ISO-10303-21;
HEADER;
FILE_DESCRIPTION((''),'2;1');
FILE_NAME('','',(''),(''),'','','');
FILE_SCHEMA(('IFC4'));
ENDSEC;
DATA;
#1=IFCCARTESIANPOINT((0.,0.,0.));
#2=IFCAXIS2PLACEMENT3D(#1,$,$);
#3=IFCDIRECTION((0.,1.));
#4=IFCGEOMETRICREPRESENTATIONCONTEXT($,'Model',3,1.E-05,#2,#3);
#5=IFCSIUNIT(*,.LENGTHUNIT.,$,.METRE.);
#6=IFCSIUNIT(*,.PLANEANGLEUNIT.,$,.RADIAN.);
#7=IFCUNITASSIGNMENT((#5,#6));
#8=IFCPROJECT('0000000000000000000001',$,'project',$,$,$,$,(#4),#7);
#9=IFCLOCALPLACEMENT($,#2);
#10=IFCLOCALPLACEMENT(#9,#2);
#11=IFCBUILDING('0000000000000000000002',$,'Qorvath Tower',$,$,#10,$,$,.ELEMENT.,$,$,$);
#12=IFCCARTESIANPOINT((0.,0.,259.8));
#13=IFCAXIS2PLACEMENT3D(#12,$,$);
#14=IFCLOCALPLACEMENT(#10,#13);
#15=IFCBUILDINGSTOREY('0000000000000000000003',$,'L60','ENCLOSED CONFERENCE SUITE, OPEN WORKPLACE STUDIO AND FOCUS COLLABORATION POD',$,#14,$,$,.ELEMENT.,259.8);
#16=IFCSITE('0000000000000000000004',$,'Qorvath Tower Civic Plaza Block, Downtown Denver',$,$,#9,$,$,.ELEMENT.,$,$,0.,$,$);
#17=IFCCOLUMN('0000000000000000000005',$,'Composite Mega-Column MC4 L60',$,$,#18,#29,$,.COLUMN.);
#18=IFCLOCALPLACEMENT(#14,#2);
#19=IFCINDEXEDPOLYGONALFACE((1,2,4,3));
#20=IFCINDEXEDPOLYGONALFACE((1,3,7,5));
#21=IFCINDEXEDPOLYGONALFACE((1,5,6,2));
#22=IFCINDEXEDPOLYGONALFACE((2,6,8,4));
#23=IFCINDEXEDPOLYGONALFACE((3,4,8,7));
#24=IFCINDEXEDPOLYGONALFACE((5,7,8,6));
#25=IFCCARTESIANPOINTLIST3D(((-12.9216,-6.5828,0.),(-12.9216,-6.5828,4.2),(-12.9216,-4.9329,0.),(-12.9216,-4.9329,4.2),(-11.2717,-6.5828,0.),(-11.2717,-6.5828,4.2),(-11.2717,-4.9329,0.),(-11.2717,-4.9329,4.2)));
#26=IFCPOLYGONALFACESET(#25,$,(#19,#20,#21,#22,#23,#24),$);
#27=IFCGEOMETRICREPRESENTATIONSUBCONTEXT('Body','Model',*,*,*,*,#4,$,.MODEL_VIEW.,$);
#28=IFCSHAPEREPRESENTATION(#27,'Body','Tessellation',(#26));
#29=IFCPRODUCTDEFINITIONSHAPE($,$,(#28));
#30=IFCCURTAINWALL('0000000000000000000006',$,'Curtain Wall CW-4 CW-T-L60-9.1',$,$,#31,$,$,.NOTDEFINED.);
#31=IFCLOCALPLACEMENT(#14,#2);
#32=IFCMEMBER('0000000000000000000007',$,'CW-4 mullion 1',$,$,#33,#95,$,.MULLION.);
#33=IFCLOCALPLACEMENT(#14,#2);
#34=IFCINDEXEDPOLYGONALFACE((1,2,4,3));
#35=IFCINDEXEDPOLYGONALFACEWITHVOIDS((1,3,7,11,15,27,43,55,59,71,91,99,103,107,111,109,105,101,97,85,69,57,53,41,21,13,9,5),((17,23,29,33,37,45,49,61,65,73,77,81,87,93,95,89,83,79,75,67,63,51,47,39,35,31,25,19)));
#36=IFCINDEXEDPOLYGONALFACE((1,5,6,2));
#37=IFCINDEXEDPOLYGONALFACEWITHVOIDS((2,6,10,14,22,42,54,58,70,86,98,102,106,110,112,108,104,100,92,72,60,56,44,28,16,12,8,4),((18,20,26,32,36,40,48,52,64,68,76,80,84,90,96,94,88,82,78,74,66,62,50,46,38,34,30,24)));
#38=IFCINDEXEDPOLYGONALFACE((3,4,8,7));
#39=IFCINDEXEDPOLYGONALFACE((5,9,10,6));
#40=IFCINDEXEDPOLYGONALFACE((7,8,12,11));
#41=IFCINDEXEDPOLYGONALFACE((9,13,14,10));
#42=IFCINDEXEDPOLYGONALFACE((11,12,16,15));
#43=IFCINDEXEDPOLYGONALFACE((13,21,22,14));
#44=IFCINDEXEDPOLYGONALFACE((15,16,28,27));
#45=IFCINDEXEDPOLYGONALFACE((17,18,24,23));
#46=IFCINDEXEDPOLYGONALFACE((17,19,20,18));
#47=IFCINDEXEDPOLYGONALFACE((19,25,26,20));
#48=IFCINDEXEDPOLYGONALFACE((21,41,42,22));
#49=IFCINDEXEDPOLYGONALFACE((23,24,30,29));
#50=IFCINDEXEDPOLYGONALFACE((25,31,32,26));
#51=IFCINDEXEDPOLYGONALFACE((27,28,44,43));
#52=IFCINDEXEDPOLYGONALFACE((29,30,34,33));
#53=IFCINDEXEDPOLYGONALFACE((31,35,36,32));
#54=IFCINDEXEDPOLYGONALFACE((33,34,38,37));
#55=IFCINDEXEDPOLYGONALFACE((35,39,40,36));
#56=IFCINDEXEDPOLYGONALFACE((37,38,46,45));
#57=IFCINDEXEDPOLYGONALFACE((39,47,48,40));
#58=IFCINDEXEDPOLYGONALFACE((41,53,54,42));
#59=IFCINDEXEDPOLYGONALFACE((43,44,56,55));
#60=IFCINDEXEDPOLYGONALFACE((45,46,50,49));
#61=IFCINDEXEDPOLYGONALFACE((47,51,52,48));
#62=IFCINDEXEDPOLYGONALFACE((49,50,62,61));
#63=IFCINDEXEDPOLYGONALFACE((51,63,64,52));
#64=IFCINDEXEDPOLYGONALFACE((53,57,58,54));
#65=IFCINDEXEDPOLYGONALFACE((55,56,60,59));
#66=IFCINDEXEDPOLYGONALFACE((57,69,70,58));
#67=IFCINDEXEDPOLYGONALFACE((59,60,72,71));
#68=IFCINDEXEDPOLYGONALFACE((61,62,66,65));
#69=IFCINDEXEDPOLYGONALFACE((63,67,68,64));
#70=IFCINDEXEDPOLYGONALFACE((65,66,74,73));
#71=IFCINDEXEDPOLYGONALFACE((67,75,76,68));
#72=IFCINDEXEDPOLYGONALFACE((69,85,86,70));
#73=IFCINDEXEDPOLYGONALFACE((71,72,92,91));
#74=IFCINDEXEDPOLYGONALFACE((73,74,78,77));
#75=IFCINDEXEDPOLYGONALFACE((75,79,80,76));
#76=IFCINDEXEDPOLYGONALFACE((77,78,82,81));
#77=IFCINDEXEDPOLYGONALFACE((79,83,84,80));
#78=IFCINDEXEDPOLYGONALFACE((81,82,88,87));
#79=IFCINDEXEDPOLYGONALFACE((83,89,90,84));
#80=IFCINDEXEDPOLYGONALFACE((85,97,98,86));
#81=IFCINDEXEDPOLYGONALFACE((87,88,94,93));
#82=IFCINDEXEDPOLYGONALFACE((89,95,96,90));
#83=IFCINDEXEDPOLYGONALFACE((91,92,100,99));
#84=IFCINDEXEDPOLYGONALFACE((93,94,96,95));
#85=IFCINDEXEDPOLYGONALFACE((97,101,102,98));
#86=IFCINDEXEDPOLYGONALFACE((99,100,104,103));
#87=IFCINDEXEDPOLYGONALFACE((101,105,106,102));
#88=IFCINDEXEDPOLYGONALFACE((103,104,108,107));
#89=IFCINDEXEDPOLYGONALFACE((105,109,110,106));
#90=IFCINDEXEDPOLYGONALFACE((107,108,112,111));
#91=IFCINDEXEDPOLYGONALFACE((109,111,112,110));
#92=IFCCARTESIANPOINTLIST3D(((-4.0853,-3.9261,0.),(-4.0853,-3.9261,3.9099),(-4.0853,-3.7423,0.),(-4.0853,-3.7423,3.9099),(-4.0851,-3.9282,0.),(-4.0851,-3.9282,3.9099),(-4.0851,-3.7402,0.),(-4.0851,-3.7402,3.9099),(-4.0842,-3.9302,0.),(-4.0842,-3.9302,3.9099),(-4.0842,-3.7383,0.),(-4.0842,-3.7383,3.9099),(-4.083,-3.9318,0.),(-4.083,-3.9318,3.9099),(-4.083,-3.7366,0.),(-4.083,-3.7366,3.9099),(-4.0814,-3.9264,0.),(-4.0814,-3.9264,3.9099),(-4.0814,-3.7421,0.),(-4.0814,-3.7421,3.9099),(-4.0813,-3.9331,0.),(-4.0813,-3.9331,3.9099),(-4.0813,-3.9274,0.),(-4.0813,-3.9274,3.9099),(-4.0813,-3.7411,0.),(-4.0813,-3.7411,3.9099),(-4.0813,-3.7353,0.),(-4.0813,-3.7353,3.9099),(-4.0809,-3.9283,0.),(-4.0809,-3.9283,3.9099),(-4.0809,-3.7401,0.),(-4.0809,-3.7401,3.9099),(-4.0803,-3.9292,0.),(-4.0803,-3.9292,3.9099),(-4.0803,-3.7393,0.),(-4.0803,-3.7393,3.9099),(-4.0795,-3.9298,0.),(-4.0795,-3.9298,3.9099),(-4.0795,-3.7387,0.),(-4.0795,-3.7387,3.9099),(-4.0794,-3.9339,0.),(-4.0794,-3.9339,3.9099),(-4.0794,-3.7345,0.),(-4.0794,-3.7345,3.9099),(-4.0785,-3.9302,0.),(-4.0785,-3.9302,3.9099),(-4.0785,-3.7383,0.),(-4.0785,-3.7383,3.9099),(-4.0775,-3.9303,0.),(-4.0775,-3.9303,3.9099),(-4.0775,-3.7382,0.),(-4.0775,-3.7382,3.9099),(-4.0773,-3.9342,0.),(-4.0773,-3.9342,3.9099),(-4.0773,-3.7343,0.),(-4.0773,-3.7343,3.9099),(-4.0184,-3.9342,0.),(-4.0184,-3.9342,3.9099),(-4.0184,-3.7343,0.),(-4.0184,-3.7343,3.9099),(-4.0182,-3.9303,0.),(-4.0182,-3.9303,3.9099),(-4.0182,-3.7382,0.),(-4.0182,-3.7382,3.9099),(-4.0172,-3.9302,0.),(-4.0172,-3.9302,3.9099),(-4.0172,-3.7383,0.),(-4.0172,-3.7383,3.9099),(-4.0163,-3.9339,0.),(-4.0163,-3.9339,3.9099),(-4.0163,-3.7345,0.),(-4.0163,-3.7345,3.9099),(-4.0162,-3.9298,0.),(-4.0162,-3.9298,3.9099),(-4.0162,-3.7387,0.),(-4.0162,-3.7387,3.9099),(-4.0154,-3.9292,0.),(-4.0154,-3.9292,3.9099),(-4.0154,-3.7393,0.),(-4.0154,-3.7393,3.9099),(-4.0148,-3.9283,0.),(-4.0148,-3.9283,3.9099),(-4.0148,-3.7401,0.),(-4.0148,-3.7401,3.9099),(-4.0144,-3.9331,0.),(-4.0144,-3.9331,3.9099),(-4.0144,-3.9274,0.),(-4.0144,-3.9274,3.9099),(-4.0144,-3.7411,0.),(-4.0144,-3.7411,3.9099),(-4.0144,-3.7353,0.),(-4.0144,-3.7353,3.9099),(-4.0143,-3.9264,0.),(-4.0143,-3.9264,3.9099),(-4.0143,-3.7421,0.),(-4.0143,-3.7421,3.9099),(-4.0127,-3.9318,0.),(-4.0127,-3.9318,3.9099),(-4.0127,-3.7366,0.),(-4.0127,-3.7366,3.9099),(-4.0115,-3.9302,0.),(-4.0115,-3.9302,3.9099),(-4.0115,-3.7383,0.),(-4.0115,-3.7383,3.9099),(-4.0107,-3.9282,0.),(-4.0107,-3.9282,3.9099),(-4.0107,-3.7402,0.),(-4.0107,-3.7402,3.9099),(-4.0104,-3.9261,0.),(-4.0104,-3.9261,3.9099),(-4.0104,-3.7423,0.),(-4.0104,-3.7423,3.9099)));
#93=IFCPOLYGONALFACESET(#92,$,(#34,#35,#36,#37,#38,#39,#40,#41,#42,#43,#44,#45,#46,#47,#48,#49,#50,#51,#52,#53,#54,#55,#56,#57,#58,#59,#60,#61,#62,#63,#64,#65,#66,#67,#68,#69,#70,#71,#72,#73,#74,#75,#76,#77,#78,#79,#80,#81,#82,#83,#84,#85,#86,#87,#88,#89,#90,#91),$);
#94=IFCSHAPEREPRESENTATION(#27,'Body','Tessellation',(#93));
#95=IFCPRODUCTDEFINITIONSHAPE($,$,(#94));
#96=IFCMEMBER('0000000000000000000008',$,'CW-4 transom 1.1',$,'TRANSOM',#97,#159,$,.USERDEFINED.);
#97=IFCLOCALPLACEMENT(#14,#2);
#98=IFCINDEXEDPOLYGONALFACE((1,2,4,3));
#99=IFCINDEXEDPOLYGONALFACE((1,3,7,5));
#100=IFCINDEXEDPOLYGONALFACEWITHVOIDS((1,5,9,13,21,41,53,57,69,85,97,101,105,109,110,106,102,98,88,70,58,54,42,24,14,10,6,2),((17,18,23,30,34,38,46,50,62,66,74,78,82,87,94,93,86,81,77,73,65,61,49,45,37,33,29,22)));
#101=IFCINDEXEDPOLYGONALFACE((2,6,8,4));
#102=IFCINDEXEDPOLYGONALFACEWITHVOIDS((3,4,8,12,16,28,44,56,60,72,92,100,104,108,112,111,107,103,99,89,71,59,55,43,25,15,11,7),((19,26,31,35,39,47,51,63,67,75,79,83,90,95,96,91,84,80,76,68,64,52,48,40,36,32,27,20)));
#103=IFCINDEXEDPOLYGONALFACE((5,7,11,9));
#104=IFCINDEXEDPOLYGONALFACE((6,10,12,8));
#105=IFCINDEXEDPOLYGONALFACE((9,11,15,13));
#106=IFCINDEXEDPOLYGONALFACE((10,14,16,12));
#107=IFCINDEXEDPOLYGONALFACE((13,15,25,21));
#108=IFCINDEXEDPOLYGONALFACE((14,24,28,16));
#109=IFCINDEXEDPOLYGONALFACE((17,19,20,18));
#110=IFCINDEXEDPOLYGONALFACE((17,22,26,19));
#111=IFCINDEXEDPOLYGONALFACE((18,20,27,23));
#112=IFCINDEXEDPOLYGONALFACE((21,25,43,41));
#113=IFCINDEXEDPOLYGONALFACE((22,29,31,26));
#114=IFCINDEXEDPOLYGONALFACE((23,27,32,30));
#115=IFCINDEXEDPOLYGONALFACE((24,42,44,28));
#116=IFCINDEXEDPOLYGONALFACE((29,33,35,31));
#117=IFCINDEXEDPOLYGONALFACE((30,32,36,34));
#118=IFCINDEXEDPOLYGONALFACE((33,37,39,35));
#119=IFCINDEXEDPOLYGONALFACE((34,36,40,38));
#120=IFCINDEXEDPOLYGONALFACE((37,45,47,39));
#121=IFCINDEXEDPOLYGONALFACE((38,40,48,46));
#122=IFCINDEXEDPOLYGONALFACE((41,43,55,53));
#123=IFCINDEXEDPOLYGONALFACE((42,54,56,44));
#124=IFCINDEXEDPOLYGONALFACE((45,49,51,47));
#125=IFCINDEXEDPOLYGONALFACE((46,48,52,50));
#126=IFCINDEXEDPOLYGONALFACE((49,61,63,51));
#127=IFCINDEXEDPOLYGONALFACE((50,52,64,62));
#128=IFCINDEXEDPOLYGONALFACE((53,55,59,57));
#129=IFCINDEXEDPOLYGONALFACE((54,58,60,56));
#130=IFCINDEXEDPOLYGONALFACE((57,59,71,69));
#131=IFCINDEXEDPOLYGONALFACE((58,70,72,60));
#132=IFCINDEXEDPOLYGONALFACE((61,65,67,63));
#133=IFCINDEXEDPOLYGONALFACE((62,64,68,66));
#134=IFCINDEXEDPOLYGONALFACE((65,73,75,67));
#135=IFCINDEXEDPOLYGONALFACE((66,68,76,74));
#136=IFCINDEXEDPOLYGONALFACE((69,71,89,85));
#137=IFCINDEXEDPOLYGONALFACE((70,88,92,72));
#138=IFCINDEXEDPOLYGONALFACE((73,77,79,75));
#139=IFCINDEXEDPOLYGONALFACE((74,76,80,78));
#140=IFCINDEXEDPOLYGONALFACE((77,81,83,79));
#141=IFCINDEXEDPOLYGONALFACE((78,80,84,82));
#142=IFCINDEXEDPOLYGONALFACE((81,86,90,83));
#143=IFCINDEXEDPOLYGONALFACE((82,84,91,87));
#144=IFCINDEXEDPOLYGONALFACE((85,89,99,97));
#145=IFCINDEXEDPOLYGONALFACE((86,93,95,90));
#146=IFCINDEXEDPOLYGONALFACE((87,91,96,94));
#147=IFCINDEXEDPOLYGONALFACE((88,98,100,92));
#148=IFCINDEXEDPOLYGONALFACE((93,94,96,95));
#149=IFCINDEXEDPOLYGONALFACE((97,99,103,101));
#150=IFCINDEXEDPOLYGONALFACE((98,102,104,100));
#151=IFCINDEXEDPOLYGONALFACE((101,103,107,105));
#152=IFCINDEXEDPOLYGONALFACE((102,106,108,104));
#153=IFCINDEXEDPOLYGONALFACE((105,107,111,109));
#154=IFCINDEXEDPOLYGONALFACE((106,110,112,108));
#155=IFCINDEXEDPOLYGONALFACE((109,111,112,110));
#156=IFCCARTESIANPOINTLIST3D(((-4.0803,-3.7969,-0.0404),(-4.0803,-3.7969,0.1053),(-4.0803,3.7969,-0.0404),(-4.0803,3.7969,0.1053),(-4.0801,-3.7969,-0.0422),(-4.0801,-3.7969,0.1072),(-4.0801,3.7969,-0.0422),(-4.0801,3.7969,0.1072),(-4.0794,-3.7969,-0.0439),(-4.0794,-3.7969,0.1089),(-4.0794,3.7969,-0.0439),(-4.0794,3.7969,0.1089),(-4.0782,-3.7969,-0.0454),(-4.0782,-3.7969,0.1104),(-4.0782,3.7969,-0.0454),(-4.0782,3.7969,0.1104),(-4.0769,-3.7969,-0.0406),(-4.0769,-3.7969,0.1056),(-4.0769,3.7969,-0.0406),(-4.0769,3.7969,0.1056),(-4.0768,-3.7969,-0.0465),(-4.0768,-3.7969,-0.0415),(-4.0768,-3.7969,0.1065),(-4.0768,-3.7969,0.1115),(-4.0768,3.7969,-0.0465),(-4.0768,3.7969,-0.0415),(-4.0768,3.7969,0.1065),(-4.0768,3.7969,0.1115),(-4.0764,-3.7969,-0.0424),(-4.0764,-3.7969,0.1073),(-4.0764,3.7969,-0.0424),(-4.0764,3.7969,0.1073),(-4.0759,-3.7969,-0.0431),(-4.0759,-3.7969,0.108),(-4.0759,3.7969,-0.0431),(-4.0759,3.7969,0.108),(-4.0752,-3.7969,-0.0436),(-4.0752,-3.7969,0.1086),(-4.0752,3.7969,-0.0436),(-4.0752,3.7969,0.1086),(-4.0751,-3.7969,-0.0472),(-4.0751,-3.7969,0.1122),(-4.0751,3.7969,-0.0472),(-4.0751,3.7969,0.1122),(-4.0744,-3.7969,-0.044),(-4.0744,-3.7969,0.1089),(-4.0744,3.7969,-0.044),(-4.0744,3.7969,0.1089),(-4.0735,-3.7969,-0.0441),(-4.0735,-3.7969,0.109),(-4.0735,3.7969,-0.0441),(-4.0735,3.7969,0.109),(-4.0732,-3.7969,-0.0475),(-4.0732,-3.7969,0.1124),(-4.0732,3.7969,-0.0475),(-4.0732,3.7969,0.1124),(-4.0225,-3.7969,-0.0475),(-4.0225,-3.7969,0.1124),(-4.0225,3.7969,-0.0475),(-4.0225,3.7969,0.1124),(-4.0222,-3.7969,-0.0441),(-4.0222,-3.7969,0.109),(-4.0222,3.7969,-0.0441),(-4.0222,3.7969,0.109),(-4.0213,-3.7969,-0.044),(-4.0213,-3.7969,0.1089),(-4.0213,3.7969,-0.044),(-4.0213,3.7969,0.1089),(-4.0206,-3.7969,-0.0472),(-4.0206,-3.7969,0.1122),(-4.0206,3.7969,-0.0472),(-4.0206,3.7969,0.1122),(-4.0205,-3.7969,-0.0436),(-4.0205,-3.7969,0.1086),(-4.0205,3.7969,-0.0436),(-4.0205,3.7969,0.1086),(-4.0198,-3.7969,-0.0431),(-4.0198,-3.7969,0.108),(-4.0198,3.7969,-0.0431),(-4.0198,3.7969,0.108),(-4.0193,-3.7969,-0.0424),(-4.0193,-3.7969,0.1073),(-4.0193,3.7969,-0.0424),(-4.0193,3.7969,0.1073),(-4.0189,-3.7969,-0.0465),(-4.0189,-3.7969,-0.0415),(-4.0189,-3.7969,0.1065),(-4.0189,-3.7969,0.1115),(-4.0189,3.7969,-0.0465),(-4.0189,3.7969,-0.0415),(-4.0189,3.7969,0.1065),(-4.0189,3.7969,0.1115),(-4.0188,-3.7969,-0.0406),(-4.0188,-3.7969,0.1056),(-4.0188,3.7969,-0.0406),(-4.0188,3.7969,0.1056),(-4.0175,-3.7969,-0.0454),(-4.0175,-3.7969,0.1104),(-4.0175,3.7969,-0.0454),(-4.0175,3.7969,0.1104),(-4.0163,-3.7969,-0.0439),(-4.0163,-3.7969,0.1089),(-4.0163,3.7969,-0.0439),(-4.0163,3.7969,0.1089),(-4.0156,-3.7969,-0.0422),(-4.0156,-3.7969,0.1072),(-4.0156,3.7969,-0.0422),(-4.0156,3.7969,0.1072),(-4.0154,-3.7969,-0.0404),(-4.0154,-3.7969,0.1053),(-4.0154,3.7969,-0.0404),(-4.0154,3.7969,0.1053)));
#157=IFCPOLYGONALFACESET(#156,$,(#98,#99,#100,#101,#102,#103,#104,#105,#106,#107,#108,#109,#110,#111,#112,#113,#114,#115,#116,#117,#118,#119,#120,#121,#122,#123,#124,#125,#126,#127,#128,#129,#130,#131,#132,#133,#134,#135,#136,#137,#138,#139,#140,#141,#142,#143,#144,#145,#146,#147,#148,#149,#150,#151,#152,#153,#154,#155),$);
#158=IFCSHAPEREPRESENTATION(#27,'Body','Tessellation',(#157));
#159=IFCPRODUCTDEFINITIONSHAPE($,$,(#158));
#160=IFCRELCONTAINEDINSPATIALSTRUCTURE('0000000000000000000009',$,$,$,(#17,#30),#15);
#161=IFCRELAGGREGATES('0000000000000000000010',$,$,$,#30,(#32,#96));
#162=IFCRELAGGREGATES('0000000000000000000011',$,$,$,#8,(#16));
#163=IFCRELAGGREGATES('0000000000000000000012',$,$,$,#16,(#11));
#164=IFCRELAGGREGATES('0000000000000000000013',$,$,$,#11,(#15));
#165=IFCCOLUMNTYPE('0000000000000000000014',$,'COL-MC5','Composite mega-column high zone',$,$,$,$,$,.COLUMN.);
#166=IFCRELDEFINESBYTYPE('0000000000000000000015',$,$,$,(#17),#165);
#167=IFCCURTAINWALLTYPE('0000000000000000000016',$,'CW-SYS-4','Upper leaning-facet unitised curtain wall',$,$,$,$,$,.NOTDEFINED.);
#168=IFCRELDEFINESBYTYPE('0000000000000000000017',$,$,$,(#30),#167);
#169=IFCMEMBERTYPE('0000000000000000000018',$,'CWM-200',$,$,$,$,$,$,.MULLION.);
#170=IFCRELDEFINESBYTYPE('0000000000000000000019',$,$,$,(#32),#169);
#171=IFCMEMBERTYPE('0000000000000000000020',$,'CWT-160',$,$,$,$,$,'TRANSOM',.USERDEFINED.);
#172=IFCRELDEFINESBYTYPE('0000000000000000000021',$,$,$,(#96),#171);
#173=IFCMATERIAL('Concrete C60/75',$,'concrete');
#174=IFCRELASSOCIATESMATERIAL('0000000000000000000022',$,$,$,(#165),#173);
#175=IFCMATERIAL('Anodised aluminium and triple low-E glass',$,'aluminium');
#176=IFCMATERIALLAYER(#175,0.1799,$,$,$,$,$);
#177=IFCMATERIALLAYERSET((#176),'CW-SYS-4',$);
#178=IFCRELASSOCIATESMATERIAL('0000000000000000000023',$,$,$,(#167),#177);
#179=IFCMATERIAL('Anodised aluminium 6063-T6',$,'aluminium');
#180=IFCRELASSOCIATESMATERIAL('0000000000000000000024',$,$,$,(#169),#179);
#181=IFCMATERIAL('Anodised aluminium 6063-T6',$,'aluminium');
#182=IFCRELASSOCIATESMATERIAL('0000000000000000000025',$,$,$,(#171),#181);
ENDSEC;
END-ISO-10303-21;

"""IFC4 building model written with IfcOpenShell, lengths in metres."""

from ifc_helpers import new_model, si_unit, direction, frame, origin, origin_2d, place, context, subcontext, project, spatial, rectangle, hollow_rectangle, extrude, material, layer, layer_set, material_profile, profile_set, type_object, element, aggregate, save


model = new_model("IFC4")

# Units and contexts
model_context = context("Model", 3, precision=1e-05, world=origin(), true_north=direction((0.0, 1.0)))
body_context = subcontext(model_context, "Body", "Model", "MODEL_VIEW")
ifc_project = project(units=[si_unit("LENGTHUNIT", "METRE"), si_unit("PLANEANGLEUNIT", "RADIAN")], contexts=[model_context])

# Site, building, storey
site_placement = place(None, origin())
site = spatial("IfcSite", under=ifc_project, at=site_placement, Name="Qorvath Tower Civic Plaza Block, Downtown Denver", CompositionType="ELEMENT", RefElevation=0.0)
building_placement = place(site_placement, origin())
building = spatial("IfcBuilding", under=site, at=building_placement, Name="Qorvath Tower", CompositionType="ELEMENT")
storey_placement = place(building_placement, frame((0.0, 0.0, 259.8)))
storey = spatial("IfcBuildingStorey", under=building, at=storey_placement, Name="L60", Description="ENCLOSED CONFERENCE SUITE, OPEN WORKPLACE STUDIO AND FOCUS COLLABORATION POD", CompositionType="ELEMENT", Elevation=259.8)

# Column
ifc_material_1 = material(Name="Concrete C60/75", Category="concrete")
ifc_material_profile_1 = material_profile(ifc_material_1, rectangle(XDim=1.6499, YDim=1.6499, at=origin_2d()), Name="MC 1650x1650")
ifc_profile_set_1 = profile_set([ifc_material_profile_1], Name="Concrete C60/75")
column_type = type_object("IfcColumnType", Name="COL-MC5", Description="Composite mega-column high zone", PredefinedType="COLUMN", material=ifc_profile_set_1)
column_placement = place(storey_placement, frame((-12.0967, -5.7578, 0.0), z_axis=(0.0, 0.0, 1.0), x_axis=(1.0, 0.0, 0.0)))
element("IfcColumn", 1, at=column_placement, inside=storey, type_object=column_type, Name="Composite Mega-Column MC4 L60", PredefinedType="COLUMN", context=body_context, shape_type="SweptSolid", body=[
    extrude(rectangle(XDim=1.6499, YDim=1.6499, at=origin_2d()), origin(), (0.0, 0.0, 1.0), 4.2),
])

# Curtain wall, members
ifc_material_2 = material(Name="Anodised aluminium and triple low-E glass", Category="aluminium")
ifc_layer_1 = layer(ifc_material_2, 0.1799)
ifc_layer_set_1 = layer_set([ifc_layer_1], Name="CW-SYS-4")
curtain_wall_type = type_object("IfcCurtainWallType", Name="CW-SYS-4", Description="Upper leaning-facet unitised curtain wall", PredefinedType="NOTDEFINED", material=ifc_layer_set_1)
curtain_wall_1_placement = place(storey_placement, origin())
curtain_wall_1 = element("IfcCurtainWall", 2, at=curtain_wall_1_placement, inside=storey, type_object=curtain_wall_type, Name="Curtain Wall CW-4 CW-T-L60-9.1", PredefinedType="NOTDEFINED")
ifc_material_3 = material(Name="Anodised aluminium 6063-T6", Category="aluminium")
ifc_material_profile_2 = material_profile(ifc_material_3, hollow_rectangle(XDim=0.075, YDim=0.2, WallThickness=0.0039, InnerFilletRadius=0.0039, OuterFilletRadius=0.0081, at=origin_2d()), Name="CWM 200x75")
ifc_profile_set_2 = profile_set([ifc_material_profile_2], Name="Anodised aluminium 6063-T6")
member_type_1 = type_object("IfcMemberType", Name="CWM-200", PredefinedType="MULLION", material=ifc_profile_set_2)
member_1_placement = place(storey_placement, frame((-4.0479, -3.8342, 0.0), z_axis=(0.0, 0.0, 1.0), x_axis=(-1.0, 0.0, 0.0)))
member_1 = element("IfcMember", 3, at=member_1_placement, type_object=member_type_1, Name="CW-4 mullion 1", PredefinedType="MULLION", context=body_context, shape_type="SweptSolid", body=[
    extrude(hollow_rectangle(XDim=0.075, YDim=0.2, WallThickness=0.0039, InnerFilletRadius=0.0039, OuterFilletRadius=0.0081, at=origin_2d()), origin(), (0.0, 0.0, 1.0), 3.9099),
])
ifc_material_4 = material(Name="Anodised aluminium 6063-T6", Category="aluminium")
ifc_material_profile_3 = material_profile(ifc_material_4, hollow_rectangle(XDim=0.0649, YDim=0.1599, WallThickness=0.0034, InnerFilletRadius=0.0034, OuterFilletRadius=0.0071, at=origin_2d()), Name="CWT 160x65")
ifc_profile_set_3 = profile_set([ifc_material_profile_3], Name="Anodised aluminium 6063-T6")
member_type_2 = type_object("IfcMemberType", Name="CWT-160", ElementType="TRANSOM", PredefinedType="USERDEFINED", material=ifc_profile_set_3)
member_2_placement = place(storey_placement, frame((-4.0479, -3.7969, 0.0325), z_axis=(0.0, 1.0, 0.0), x_axis=(-1.0, 0.0, 0.0)))
member_2 = element("IfcMember", 4, at=member_2_placement, type_object=member_type_2, Name="CW-4 transom 1.1", ObjectType="TRANSOM", PredefinedType="USERDEFINED", context=body_context, shape_type="SweptSolid", body=[
    extrude(hollow_rectangle(XDim=0.0649, YDim=0.1599, WallThickness=0.0034, InnerFilletRadius=0.0034, OuterFilletRadius=0.0071, at=origin_2d()), origin(), (0.0, 0.0, 1.0), 7.5938),
])

aggregate(curtain_wall_1, [member_1, member_2])

save(model, "model.ifc")
